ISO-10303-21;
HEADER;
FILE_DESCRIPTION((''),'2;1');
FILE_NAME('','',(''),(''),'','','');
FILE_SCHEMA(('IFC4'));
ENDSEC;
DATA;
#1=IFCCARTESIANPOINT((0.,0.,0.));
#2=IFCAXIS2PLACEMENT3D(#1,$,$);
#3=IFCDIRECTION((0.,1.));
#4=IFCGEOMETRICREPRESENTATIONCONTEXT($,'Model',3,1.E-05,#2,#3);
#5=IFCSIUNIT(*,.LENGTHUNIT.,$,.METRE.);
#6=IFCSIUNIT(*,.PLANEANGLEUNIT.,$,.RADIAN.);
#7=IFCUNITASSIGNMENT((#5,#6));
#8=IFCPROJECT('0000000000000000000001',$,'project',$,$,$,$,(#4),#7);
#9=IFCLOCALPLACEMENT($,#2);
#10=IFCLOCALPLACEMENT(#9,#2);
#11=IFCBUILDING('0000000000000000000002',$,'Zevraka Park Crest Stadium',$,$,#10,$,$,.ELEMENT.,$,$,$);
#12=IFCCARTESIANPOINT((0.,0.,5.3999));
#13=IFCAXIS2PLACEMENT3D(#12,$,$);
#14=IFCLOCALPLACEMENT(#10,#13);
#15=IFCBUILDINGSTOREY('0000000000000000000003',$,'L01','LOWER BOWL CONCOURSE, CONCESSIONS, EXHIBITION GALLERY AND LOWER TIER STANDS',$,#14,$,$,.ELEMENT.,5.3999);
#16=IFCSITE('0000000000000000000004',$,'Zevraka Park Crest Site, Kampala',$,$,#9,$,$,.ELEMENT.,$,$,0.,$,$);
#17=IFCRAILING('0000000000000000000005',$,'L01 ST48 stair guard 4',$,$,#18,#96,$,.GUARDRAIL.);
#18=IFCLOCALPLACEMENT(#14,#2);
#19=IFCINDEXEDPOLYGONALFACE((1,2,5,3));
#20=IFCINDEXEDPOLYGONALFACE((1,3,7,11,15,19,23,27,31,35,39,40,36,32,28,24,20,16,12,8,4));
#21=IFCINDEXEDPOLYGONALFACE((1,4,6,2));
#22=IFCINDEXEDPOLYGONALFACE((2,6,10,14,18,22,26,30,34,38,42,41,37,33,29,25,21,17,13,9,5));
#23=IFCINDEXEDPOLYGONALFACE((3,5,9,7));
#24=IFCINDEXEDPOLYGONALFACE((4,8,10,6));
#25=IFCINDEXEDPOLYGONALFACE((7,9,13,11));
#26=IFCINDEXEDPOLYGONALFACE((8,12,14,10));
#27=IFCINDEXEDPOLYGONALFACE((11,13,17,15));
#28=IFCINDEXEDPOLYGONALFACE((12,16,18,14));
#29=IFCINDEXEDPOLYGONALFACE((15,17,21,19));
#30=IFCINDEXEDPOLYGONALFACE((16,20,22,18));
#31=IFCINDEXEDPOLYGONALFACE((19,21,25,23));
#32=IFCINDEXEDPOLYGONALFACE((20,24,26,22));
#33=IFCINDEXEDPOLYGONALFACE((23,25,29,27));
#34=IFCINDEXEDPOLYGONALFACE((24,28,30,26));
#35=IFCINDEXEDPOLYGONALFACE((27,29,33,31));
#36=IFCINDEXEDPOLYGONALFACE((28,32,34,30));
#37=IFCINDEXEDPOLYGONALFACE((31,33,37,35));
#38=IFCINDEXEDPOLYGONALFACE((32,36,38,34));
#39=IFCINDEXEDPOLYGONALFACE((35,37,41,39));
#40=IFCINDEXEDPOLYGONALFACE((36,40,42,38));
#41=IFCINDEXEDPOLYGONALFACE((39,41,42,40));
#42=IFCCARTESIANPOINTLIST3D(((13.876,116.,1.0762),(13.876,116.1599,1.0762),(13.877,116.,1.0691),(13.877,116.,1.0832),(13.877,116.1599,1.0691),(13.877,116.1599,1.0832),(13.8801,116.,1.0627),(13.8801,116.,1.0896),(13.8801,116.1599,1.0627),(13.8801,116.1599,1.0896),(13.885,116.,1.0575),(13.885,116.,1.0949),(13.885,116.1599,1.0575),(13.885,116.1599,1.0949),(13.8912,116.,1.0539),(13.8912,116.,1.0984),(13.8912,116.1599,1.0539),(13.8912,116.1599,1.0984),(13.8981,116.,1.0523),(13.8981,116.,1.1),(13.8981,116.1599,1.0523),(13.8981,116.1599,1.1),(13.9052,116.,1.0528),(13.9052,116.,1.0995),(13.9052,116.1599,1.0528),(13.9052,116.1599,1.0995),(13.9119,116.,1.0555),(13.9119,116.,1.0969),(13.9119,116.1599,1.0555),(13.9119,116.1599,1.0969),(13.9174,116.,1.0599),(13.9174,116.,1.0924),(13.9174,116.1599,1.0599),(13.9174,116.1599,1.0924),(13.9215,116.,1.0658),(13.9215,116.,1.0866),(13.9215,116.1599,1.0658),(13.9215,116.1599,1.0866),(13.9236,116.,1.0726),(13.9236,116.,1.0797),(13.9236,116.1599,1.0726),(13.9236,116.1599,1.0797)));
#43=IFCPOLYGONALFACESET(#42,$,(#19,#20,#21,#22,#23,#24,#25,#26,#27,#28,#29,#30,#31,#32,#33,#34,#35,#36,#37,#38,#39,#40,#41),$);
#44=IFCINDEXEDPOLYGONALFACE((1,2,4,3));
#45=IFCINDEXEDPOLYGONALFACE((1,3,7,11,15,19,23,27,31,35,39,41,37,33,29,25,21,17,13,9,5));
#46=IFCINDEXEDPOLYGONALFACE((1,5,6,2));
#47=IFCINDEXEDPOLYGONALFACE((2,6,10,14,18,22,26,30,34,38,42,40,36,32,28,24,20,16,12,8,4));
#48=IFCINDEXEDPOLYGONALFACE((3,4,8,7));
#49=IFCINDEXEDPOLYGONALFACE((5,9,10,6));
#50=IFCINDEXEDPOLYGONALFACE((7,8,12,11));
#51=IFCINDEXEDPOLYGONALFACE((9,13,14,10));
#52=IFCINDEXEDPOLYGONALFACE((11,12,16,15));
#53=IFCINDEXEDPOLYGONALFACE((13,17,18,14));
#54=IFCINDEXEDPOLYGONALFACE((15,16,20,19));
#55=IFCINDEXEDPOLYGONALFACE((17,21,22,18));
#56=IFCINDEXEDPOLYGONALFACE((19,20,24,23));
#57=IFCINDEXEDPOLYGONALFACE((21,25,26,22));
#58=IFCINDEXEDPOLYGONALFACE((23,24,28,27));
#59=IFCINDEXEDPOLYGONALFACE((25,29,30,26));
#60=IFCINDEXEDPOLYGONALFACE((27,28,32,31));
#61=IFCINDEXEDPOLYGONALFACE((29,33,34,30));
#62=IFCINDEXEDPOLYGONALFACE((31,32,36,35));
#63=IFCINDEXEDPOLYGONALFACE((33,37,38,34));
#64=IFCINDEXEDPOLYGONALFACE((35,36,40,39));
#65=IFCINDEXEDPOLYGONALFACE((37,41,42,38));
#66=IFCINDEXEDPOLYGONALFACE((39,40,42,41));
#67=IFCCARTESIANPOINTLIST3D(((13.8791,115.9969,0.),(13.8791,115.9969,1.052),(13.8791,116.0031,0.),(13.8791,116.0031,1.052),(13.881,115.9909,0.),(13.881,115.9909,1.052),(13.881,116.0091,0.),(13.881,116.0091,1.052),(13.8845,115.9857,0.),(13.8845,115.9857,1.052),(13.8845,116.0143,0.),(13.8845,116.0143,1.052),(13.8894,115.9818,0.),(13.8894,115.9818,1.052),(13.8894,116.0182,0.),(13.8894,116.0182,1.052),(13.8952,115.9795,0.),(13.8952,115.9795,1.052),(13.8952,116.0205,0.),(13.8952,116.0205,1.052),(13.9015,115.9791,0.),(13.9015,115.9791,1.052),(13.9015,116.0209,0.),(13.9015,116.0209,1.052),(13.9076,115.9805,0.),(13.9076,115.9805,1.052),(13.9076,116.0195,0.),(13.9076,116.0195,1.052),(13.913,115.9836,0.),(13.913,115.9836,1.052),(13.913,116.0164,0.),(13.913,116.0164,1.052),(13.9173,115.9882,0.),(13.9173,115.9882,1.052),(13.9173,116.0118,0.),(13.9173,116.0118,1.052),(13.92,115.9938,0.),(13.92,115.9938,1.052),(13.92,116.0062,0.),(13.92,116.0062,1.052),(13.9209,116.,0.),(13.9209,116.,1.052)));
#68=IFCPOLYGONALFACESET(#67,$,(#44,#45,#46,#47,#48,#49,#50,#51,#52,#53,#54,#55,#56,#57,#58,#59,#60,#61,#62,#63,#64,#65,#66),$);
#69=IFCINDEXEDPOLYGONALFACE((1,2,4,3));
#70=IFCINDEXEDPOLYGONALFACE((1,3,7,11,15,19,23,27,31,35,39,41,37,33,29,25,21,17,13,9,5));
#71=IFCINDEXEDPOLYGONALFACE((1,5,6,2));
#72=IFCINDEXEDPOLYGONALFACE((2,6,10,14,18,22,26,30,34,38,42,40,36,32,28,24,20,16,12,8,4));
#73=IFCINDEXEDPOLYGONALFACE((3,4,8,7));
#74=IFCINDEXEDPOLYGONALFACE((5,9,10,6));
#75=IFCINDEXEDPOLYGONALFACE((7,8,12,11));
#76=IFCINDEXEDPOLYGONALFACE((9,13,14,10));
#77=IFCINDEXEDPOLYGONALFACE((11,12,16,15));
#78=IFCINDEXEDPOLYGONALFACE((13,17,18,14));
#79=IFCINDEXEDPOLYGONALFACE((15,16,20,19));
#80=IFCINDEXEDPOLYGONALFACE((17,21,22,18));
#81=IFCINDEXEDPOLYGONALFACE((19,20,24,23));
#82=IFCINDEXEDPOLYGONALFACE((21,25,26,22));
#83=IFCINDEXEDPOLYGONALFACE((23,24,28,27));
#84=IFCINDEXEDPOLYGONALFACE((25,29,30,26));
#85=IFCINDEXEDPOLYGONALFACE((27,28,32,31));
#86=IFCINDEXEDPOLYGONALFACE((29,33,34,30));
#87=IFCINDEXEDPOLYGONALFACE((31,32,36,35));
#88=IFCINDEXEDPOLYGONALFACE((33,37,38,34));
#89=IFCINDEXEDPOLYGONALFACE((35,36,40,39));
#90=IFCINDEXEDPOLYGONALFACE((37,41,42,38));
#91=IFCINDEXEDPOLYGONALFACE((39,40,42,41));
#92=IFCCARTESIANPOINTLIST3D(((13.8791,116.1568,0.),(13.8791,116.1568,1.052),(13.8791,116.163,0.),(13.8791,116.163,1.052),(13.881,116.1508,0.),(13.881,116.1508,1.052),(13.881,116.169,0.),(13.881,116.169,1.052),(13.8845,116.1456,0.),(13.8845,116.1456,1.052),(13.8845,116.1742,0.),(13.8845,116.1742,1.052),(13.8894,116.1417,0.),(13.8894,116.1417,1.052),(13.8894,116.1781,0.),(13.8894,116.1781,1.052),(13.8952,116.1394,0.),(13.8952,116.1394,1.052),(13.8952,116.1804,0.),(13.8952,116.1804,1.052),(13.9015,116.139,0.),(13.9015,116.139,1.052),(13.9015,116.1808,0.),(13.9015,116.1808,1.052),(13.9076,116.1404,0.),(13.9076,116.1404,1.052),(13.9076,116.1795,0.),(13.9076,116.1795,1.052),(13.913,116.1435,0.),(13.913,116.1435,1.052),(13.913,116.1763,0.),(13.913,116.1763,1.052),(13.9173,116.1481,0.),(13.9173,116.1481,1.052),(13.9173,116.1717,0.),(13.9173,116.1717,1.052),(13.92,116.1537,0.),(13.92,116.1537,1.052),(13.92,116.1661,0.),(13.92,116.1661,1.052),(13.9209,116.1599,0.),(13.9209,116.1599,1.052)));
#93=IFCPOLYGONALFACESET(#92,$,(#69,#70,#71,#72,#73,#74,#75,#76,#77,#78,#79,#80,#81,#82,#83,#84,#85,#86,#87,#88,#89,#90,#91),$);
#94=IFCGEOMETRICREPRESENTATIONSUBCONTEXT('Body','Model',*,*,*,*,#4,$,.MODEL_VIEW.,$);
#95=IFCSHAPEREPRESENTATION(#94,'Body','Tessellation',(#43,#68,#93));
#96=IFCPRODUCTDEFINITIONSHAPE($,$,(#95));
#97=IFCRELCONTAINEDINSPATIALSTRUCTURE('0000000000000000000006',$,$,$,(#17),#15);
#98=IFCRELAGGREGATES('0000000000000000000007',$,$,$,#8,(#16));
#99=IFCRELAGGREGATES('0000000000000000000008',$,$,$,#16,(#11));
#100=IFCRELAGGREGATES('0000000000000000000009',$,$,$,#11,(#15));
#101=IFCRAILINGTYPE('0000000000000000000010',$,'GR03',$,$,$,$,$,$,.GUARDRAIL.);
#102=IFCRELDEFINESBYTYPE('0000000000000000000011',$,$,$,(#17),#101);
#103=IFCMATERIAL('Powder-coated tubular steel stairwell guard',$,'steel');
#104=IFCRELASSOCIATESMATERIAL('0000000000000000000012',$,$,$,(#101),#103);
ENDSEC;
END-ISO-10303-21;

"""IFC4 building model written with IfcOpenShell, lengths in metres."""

from ifc_helpers import new_model, si_unit, direction, frame, origin, origin_2d, place, context, subcontext, project, spatial, circle, extrude, material, type_object, element, save


model = new_model("IFC4")

# Units and contexts
model_context = context("Model", 3, precision=1e-05, world=origin(), true_north=direction((0.0, 1.0)))
body_context = subcontext(model_context, "Body", "Model", "MODEL_VIEW")
ifc_project = project(units=[si_unit("LENGTHUNIT", "METRE"), si_unit("PLANEANGLEUNIT", "RADIAN")], contexts=[model_context])

# Site, building, storey
site_placement = place(None, origin())
site = spatial("IfcSite", under=ifc_project, at=site_placement, Name="Zevraka Park Crest Site, Kampala", CompositionType="ELEMENT", RefElevation=0.0)
building_placement = place(site_placement, origin())
building = spatial("IfcBuilding", under=site, at=building_placement, Name="Zevraka Park Crest Stadium", CompositionType="ELEMENT")
storey_placement = place(building_placement, frame((0.0, 0.0, 5.3999)))
storey = spatial("IfcBuildingStorey", under=building, at=storey_placement, Name="L01", Description="LOWER BOWL CONCOURSE, CONCESSIONS, EXHIBITION GALLERY AND LOWER TIER STANDS", CompositionType="ELEMENT", Elevation=5.3999)

# Railing
ifc_material_1 = material(Name="Powder-coated tubular steel stairwell guard", Category="steel")
railing_type_1 = type_object("IfcRailingType", Name="GR03", PredefinedType="GUARDRAIL", material=ifc_material_1)
railing_1_placement = place(storey_placement, frame((13.8999, 116.0, 0.0)))
element("IfcRailing", 1, at=railing_1_placement, inside=storey, type_object=railing_type_1, Name="L01 ST48 stair guard 4", PredefinedType="GUARDRAIL", context=body_context, shape_type="SweptSolid", body=[
    extrude(circle(Radius=0.0239, at=origin_2d()), frame((0.0, 0.0, 1.0762), z_axis=(0.0, 1.0, 0.0), x_axis=(-1.0, 0.0, 0.0)), (0.0, 0.0, 1.0), 0.1599),
    extrude(circle(Radius=0.021, at=origin_2d()), origin(), (0.0, 0.0, 1.0), 1.052),
    extrude(circle(Radius=0.021, at=origin_2d()), frame((0.0, 0.1599, 0.0)), (0.0, 0.0, 1.0), 1.052),
])

save(model, "model.ifc")
